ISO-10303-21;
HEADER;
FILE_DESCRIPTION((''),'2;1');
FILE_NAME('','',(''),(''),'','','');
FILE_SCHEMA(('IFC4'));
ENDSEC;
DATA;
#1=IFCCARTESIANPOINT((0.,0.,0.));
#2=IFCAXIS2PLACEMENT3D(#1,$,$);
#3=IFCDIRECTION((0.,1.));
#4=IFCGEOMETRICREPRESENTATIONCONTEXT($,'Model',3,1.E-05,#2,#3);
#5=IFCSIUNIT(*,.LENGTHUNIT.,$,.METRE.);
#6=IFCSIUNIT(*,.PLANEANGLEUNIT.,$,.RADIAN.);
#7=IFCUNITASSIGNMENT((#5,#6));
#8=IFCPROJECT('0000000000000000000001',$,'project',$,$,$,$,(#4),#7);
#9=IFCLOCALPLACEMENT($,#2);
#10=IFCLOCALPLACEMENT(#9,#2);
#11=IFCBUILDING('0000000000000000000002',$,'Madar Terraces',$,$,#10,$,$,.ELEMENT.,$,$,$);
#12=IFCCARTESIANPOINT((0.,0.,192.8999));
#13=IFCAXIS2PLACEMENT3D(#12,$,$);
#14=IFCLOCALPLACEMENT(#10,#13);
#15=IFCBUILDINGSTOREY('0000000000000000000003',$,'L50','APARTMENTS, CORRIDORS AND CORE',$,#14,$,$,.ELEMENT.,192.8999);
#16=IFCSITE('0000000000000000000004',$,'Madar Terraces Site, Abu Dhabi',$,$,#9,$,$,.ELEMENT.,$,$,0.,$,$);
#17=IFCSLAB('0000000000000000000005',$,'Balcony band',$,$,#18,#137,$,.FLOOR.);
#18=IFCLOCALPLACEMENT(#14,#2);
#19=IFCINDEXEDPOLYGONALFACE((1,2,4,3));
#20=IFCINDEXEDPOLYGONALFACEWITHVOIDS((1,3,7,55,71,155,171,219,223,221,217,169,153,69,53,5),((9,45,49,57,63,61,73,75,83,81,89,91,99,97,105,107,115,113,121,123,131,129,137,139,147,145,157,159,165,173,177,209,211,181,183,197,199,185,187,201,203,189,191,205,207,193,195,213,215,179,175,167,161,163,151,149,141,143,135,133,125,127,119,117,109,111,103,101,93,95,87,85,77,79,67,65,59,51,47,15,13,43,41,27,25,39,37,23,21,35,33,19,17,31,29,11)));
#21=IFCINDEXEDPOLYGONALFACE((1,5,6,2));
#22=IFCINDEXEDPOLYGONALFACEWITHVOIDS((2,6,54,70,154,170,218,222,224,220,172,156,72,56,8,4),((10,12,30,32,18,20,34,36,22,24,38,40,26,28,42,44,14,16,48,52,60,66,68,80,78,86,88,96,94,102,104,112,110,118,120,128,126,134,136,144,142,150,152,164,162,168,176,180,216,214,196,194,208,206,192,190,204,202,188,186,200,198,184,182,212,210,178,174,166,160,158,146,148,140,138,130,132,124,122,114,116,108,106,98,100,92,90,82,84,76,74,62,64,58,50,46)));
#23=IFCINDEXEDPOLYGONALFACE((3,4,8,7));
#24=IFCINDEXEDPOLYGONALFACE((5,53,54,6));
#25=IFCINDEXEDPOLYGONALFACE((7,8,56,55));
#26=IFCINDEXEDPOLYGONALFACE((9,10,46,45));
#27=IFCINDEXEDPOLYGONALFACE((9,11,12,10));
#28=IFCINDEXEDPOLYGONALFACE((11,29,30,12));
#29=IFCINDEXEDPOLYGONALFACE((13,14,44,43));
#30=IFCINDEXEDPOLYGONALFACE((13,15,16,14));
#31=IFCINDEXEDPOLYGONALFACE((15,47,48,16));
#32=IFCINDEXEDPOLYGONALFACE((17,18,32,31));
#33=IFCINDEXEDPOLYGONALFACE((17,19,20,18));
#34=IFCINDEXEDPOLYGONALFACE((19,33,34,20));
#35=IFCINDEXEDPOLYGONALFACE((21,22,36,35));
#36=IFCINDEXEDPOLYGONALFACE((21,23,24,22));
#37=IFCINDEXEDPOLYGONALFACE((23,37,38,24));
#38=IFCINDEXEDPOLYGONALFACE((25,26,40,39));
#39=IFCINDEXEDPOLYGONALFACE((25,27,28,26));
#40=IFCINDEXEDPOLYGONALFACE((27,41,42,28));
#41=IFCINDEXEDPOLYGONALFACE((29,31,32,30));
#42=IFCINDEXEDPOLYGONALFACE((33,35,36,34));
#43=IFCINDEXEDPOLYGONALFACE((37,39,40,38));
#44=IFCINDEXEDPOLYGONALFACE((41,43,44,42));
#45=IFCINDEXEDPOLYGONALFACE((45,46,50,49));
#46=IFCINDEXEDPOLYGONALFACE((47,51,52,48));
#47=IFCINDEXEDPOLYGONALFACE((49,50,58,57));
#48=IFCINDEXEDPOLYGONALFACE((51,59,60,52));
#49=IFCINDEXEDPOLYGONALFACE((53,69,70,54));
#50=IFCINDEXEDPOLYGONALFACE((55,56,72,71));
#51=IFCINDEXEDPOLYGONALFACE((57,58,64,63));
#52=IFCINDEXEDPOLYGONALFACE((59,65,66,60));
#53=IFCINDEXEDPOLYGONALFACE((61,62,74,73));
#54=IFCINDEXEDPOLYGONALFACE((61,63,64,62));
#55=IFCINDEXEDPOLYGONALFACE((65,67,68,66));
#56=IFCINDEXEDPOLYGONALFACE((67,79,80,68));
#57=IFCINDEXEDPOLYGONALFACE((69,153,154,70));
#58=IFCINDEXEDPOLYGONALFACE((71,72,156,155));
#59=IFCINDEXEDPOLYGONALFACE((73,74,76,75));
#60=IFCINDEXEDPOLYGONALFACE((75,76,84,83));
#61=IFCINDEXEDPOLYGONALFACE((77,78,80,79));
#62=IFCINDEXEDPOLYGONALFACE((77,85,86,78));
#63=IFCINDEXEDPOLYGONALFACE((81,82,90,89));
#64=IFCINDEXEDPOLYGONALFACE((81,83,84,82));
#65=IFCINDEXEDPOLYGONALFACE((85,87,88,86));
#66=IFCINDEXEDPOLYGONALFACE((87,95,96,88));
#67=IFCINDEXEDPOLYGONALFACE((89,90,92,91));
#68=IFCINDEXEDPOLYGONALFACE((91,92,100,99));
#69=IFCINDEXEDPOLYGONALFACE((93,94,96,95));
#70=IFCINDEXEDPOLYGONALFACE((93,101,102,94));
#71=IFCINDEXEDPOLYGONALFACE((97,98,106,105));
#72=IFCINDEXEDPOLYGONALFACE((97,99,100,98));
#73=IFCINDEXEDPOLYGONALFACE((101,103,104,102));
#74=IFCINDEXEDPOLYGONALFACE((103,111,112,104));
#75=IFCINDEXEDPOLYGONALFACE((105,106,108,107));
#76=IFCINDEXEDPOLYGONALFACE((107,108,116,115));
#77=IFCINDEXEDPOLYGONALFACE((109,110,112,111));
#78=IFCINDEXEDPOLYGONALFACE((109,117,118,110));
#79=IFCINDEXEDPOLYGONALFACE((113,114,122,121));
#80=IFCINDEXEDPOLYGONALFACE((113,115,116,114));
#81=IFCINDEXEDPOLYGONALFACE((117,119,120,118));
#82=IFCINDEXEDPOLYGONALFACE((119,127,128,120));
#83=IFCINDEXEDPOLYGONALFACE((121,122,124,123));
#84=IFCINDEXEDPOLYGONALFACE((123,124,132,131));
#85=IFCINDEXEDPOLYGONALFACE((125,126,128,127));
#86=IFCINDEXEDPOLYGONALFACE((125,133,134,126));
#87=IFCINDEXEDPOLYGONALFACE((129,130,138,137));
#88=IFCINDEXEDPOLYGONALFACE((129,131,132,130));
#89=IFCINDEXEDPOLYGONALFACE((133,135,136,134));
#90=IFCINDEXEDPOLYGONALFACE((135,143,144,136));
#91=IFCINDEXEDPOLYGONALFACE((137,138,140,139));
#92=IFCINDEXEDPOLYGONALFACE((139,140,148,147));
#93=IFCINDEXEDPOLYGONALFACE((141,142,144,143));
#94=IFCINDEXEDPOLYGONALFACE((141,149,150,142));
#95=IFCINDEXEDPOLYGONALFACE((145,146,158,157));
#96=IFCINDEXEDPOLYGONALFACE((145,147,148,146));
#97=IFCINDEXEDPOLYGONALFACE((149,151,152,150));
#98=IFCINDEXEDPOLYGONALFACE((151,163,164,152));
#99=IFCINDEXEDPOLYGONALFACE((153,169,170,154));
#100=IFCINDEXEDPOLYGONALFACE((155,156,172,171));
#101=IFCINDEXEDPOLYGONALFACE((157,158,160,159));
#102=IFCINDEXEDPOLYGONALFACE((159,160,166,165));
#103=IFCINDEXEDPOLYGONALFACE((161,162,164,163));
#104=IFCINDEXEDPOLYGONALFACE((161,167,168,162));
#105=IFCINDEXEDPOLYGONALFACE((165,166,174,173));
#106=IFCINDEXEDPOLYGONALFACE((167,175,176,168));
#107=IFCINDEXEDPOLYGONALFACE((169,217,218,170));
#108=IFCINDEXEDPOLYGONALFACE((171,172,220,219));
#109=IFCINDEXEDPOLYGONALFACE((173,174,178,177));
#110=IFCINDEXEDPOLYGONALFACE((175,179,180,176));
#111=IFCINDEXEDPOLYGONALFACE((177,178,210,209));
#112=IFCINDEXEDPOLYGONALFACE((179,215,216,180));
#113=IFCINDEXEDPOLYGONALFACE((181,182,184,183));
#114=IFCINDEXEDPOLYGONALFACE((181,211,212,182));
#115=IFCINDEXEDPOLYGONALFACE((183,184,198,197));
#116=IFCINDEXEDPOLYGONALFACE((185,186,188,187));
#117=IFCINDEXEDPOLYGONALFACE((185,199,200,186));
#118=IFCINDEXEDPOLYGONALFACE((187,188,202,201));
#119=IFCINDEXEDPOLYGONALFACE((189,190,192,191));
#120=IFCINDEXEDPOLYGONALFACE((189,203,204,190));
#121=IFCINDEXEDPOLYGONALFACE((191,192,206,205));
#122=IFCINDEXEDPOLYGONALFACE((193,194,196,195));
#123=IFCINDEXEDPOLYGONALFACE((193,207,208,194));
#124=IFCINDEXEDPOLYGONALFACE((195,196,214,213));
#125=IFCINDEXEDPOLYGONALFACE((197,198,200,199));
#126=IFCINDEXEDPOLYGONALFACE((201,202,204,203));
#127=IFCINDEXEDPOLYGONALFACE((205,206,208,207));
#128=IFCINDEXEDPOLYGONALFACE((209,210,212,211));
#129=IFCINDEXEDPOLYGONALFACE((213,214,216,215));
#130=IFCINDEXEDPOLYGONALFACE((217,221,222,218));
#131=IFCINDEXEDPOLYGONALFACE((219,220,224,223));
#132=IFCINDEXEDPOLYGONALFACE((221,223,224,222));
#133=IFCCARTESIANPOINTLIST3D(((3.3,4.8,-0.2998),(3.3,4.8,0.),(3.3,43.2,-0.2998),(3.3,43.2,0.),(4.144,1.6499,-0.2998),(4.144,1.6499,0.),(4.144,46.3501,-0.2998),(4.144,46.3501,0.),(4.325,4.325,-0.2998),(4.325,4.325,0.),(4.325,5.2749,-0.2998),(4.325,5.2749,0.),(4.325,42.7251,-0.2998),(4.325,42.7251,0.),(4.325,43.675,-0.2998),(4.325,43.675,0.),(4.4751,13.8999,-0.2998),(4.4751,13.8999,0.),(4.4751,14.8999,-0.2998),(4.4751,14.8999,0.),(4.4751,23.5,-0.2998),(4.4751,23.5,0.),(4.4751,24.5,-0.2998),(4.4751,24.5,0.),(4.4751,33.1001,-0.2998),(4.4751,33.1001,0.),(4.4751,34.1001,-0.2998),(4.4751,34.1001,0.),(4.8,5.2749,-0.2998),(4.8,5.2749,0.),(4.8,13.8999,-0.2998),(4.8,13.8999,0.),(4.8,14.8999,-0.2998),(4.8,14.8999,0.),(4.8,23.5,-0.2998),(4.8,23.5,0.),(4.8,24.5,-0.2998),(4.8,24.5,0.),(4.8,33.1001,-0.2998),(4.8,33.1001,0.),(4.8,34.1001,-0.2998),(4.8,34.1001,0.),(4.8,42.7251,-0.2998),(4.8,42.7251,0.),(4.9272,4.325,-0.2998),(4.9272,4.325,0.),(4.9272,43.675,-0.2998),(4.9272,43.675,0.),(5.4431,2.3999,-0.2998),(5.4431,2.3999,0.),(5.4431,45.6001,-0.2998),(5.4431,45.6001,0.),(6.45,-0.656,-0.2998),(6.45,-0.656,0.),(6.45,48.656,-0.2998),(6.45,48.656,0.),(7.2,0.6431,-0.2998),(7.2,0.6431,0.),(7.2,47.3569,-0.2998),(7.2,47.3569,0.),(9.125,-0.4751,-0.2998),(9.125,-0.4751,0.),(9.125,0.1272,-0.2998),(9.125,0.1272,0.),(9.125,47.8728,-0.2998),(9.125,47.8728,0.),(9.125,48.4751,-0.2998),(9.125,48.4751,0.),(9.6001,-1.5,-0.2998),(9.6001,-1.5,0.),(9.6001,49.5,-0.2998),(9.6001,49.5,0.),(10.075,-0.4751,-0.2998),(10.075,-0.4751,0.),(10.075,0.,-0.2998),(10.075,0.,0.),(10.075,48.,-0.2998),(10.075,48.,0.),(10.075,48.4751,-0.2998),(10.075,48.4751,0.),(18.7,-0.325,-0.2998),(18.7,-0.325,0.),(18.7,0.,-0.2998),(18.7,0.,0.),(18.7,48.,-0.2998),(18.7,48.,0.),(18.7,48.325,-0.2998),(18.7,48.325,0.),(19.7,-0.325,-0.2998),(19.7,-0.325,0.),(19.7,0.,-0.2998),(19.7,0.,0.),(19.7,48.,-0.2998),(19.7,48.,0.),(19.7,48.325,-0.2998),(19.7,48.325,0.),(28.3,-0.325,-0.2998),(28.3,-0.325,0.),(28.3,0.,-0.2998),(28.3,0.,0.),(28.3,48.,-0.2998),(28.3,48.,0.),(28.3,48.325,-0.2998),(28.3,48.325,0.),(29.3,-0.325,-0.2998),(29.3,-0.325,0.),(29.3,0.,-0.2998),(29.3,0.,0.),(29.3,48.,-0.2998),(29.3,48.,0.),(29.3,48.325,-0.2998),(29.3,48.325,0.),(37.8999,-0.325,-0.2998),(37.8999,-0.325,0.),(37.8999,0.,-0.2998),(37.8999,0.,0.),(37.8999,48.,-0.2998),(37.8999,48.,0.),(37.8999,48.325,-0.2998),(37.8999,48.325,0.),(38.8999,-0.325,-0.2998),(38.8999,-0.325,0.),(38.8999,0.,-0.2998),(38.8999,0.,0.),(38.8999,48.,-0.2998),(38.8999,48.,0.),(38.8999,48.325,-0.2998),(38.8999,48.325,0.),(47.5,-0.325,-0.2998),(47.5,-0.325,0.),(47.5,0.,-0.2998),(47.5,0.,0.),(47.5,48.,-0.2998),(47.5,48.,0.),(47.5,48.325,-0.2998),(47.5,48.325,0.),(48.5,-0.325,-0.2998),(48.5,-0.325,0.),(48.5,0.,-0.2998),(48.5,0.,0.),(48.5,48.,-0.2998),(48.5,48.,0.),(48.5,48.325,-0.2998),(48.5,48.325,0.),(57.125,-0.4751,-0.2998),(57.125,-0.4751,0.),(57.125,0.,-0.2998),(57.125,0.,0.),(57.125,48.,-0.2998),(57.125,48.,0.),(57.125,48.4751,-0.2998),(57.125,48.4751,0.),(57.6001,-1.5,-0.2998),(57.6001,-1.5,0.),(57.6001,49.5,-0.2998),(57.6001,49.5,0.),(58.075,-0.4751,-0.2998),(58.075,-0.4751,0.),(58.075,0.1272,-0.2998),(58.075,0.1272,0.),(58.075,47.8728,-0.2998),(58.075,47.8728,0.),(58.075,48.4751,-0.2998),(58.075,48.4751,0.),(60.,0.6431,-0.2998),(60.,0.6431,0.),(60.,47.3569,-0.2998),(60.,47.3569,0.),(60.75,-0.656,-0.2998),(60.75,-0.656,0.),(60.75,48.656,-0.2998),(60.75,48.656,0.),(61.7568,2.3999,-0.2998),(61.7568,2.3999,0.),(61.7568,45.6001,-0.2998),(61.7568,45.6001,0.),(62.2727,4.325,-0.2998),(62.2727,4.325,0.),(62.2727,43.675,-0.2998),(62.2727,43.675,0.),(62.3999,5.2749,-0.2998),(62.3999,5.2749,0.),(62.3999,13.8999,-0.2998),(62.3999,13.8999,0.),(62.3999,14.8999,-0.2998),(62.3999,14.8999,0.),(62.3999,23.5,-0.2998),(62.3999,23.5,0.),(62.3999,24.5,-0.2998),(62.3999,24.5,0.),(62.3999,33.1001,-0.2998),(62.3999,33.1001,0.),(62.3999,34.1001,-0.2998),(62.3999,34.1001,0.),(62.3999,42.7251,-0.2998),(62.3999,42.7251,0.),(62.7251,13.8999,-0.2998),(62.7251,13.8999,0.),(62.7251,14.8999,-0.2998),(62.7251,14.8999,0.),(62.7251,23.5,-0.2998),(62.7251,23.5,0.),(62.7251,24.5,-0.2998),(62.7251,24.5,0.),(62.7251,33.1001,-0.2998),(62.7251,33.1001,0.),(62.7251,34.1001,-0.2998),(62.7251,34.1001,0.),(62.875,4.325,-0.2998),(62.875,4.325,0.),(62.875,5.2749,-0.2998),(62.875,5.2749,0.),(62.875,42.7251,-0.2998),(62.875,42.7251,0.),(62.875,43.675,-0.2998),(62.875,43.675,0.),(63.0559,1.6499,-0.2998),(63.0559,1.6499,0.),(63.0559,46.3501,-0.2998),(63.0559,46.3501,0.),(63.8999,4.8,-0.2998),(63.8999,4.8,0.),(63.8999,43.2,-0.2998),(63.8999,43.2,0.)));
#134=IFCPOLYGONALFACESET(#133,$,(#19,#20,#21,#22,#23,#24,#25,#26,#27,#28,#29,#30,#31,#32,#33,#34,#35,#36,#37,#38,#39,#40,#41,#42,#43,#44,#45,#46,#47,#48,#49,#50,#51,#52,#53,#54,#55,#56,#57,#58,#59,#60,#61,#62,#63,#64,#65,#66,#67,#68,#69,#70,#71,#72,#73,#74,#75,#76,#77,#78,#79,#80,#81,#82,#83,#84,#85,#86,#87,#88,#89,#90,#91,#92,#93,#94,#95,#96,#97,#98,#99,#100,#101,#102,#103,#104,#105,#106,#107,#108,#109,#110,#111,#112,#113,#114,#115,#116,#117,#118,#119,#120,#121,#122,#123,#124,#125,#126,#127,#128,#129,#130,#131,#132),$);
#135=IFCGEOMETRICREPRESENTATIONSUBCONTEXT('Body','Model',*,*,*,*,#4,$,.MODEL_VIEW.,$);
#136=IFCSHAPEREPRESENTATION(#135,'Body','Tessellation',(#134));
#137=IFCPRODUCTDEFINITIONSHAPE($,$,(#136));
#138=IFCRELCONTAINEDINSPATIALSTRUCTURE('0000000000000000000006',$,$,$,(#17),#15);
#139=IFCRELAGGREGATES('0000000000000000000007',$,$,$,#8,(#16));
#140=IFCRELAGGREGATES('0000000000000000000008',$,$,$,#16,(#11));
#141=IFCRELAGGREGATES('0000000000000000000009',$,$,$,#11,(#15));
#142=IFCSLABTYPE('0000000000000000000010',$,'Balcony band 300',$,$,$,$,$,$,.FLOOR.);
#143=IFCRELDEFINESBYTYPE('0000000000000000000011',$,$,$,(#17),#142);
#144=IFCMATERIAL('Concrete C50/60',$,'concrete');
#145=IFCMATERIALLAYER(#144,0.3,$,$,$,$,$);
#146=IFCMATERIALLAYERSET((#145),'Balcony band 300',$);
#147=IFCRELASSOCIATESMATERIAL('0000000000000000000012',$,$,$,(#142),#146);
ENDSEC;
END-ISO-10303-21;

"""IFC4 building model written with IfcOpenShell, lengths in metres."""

from ifc_helpers import new_model, si_unit, direction, frame, origin, place, context, subcontext, project, spatial, polyline, outline, extrude, material, layer, layer_set, type_object, element, save


model = new_model("IFC4")

# Units and contexts
model_context = context("Model", 3, precision=1e-05, world=origin(), true_north=direction((0.0, 1.0)))
body_context = subcontext(model_context, "Body", "Model", "MODEL_VIEW")
ifc_project = project(units=[si_unit("LENGTHUNIT", "METRE"), si_unit("PLANEANGLEUNIT", "RADIAN")], contexts=[model_context])

# Site, building, storey
site_placement = place(None, origin())
site = spatial("IfcSite", under=ifc_project, at=site_placement, Name="Madar Terraces Site, Abu Dhabi", CompositionType="ELEMENT", RefElevation=0.0)
building_placement = place(site_placement, origin())
building = spatial("IfcBuilding", under=site, at=building_placement, Name="Madar Terraces", CompositionType="ELEMENT")
storey_placement = place(building_placement, frame((0.0, 0.0, 192.8999)))
storey = spatial("IfcBuildingStorey", under=building, at=storey_placement, Name="L50", Description="APARTMENTS, CORRIDORS AND CORE", CompositionType="ELEMENT", Elevation=192.8999)

# Slab
ifc_material_1 = material(Name="Concrete C50/60", Category="concrete")
ifc_layer_1 = layer(ifc_material_1, 0.3)
ifc_layer_set_1 = layer_set([ifc_layer_1], Name="Balcony band 300")
slab_type_1 = type_object("IfcSlabType", Name="Balcony band 300", PredefinedType="FLOOR", material=ifc_layer_set_1)
slab_1_placement = place(storey_placement, frame((0.0, 0.0, -0.2998)))
element("IfcSlab", 1, at=slab_1_placement, inside=storey, type_object=slab_type_1, Name="Balcony band", PredefinedType="FLOOR", context=body_context, shape_type="SweptSolid", body=[
    extrude(outline(polyline([(9.6001, -1.5), (6.45, -0.656), (4.144, 1.6499), (3.3, 4.8), (3.3, 43.2), (4.144, 46.3501), (6.45, 48.656), (9.6001, 49.5), (57.6001, 49.5), (60.75, 48.656), (63.0559, 46.3501), (63.8999, 43.2), (63.8999, 4.8), (63.0559, 1.6499), (60.75, -0.656), (57.6001, -1.5), (9.6001, -1.5)]), holes=[polyline([(10.075, -0.4751), (10.075, 0.0), (18.7, 0.0), (18.7, -0.325), (19.7, -0.325), (19.7, 0.0), (28.3, 0.0), (28.3, -0.325), (29.3, -0.325), (29.3, 0.0), (37.8999, 0.0), (37.8999, -0.325), (38.8999, -0.325), (38.8999, 0.0), (47.5, 0.0), (47.5, -0.325), (48.5, -0.325), (48.5, 0.0), (57.125, 0.0), (57.125, -0.4751), (58.075, -0.4751), (58.075, 0.1272), (60.0, 0.6431), (61.7568, 2.3999), (62.2727, 4.325), (62.875, 4.325), (62.875, 5.2749), (62.3999, 5.2749), (62.3999, 13.8999), (62.7251, 13.8999), (62.7251, 14.8999), (62.3999, 14.8999), (62.3999, 23.5), (62.7251, 23.5), (62.7251, 24.5), (62.3999, 24.5), (62.3999, 33.1001), (62.7251, 33.1001), (62.7251, 34.1001), (62.3999, 34.1001), (62.3999, 42.7251), (62.875, 42.7251), (62.875, 43.675), (62.2727, 43.675), (61.7568, 45.6001), (60.0, 47.3569), (58.075, 47.8728), (58.075, 48.4751), (57.125, 48.4751), (57.125, 48.0), (48.5, 48.0), (48.5, 48.325), (47.5, 48.325), (47.5, 48.0), (38.8999, 48.0), (38.8999, 48.325), (37.8999, 48.325), (37.8999, 48.0), (29.3, 48.0), (29.3, 48.325), (28.3, 48.325), (28.3, 48.0), (19.7, 48.0), (19.7, 48.325), (18.7, 48.325), (18.7, 48.0), (10.075, 48.0), (10.075, 48.4751), (9.125, 48.4751), (9.125, 47.8728), (7.2, 47.3569), (5.4431, 45.6001), (4.9272, 43.675), (4.325, 43.675), (4.325, 42.7251), (4.8, 42.7251), (4.8, 34.1001), (4.4751, 34.1001), (4.4751, 33.1001), (4.8, 33.1001), (4.8, 24.5), (4.4751, 24.5), (4.4751, 23.5), (4.8, 23.5), (4.8, 14.8999), (4.4751, 14.8999), (4.4751, 13.8999), (4.8, 13.8999), (4.8, 5.2749), (4.325, 5.2749), (4.325, 4.325), (4.9272, 4.325), (5.4431, 2.3999), (7.2, 0.6431), (9.125, 0.1272), (9.125, -0.4751), (10.075, -0.4751)])]), origin(), (0.0, 0.0, 1.0), 0.2998),
])

save(model, "model.ifc")
